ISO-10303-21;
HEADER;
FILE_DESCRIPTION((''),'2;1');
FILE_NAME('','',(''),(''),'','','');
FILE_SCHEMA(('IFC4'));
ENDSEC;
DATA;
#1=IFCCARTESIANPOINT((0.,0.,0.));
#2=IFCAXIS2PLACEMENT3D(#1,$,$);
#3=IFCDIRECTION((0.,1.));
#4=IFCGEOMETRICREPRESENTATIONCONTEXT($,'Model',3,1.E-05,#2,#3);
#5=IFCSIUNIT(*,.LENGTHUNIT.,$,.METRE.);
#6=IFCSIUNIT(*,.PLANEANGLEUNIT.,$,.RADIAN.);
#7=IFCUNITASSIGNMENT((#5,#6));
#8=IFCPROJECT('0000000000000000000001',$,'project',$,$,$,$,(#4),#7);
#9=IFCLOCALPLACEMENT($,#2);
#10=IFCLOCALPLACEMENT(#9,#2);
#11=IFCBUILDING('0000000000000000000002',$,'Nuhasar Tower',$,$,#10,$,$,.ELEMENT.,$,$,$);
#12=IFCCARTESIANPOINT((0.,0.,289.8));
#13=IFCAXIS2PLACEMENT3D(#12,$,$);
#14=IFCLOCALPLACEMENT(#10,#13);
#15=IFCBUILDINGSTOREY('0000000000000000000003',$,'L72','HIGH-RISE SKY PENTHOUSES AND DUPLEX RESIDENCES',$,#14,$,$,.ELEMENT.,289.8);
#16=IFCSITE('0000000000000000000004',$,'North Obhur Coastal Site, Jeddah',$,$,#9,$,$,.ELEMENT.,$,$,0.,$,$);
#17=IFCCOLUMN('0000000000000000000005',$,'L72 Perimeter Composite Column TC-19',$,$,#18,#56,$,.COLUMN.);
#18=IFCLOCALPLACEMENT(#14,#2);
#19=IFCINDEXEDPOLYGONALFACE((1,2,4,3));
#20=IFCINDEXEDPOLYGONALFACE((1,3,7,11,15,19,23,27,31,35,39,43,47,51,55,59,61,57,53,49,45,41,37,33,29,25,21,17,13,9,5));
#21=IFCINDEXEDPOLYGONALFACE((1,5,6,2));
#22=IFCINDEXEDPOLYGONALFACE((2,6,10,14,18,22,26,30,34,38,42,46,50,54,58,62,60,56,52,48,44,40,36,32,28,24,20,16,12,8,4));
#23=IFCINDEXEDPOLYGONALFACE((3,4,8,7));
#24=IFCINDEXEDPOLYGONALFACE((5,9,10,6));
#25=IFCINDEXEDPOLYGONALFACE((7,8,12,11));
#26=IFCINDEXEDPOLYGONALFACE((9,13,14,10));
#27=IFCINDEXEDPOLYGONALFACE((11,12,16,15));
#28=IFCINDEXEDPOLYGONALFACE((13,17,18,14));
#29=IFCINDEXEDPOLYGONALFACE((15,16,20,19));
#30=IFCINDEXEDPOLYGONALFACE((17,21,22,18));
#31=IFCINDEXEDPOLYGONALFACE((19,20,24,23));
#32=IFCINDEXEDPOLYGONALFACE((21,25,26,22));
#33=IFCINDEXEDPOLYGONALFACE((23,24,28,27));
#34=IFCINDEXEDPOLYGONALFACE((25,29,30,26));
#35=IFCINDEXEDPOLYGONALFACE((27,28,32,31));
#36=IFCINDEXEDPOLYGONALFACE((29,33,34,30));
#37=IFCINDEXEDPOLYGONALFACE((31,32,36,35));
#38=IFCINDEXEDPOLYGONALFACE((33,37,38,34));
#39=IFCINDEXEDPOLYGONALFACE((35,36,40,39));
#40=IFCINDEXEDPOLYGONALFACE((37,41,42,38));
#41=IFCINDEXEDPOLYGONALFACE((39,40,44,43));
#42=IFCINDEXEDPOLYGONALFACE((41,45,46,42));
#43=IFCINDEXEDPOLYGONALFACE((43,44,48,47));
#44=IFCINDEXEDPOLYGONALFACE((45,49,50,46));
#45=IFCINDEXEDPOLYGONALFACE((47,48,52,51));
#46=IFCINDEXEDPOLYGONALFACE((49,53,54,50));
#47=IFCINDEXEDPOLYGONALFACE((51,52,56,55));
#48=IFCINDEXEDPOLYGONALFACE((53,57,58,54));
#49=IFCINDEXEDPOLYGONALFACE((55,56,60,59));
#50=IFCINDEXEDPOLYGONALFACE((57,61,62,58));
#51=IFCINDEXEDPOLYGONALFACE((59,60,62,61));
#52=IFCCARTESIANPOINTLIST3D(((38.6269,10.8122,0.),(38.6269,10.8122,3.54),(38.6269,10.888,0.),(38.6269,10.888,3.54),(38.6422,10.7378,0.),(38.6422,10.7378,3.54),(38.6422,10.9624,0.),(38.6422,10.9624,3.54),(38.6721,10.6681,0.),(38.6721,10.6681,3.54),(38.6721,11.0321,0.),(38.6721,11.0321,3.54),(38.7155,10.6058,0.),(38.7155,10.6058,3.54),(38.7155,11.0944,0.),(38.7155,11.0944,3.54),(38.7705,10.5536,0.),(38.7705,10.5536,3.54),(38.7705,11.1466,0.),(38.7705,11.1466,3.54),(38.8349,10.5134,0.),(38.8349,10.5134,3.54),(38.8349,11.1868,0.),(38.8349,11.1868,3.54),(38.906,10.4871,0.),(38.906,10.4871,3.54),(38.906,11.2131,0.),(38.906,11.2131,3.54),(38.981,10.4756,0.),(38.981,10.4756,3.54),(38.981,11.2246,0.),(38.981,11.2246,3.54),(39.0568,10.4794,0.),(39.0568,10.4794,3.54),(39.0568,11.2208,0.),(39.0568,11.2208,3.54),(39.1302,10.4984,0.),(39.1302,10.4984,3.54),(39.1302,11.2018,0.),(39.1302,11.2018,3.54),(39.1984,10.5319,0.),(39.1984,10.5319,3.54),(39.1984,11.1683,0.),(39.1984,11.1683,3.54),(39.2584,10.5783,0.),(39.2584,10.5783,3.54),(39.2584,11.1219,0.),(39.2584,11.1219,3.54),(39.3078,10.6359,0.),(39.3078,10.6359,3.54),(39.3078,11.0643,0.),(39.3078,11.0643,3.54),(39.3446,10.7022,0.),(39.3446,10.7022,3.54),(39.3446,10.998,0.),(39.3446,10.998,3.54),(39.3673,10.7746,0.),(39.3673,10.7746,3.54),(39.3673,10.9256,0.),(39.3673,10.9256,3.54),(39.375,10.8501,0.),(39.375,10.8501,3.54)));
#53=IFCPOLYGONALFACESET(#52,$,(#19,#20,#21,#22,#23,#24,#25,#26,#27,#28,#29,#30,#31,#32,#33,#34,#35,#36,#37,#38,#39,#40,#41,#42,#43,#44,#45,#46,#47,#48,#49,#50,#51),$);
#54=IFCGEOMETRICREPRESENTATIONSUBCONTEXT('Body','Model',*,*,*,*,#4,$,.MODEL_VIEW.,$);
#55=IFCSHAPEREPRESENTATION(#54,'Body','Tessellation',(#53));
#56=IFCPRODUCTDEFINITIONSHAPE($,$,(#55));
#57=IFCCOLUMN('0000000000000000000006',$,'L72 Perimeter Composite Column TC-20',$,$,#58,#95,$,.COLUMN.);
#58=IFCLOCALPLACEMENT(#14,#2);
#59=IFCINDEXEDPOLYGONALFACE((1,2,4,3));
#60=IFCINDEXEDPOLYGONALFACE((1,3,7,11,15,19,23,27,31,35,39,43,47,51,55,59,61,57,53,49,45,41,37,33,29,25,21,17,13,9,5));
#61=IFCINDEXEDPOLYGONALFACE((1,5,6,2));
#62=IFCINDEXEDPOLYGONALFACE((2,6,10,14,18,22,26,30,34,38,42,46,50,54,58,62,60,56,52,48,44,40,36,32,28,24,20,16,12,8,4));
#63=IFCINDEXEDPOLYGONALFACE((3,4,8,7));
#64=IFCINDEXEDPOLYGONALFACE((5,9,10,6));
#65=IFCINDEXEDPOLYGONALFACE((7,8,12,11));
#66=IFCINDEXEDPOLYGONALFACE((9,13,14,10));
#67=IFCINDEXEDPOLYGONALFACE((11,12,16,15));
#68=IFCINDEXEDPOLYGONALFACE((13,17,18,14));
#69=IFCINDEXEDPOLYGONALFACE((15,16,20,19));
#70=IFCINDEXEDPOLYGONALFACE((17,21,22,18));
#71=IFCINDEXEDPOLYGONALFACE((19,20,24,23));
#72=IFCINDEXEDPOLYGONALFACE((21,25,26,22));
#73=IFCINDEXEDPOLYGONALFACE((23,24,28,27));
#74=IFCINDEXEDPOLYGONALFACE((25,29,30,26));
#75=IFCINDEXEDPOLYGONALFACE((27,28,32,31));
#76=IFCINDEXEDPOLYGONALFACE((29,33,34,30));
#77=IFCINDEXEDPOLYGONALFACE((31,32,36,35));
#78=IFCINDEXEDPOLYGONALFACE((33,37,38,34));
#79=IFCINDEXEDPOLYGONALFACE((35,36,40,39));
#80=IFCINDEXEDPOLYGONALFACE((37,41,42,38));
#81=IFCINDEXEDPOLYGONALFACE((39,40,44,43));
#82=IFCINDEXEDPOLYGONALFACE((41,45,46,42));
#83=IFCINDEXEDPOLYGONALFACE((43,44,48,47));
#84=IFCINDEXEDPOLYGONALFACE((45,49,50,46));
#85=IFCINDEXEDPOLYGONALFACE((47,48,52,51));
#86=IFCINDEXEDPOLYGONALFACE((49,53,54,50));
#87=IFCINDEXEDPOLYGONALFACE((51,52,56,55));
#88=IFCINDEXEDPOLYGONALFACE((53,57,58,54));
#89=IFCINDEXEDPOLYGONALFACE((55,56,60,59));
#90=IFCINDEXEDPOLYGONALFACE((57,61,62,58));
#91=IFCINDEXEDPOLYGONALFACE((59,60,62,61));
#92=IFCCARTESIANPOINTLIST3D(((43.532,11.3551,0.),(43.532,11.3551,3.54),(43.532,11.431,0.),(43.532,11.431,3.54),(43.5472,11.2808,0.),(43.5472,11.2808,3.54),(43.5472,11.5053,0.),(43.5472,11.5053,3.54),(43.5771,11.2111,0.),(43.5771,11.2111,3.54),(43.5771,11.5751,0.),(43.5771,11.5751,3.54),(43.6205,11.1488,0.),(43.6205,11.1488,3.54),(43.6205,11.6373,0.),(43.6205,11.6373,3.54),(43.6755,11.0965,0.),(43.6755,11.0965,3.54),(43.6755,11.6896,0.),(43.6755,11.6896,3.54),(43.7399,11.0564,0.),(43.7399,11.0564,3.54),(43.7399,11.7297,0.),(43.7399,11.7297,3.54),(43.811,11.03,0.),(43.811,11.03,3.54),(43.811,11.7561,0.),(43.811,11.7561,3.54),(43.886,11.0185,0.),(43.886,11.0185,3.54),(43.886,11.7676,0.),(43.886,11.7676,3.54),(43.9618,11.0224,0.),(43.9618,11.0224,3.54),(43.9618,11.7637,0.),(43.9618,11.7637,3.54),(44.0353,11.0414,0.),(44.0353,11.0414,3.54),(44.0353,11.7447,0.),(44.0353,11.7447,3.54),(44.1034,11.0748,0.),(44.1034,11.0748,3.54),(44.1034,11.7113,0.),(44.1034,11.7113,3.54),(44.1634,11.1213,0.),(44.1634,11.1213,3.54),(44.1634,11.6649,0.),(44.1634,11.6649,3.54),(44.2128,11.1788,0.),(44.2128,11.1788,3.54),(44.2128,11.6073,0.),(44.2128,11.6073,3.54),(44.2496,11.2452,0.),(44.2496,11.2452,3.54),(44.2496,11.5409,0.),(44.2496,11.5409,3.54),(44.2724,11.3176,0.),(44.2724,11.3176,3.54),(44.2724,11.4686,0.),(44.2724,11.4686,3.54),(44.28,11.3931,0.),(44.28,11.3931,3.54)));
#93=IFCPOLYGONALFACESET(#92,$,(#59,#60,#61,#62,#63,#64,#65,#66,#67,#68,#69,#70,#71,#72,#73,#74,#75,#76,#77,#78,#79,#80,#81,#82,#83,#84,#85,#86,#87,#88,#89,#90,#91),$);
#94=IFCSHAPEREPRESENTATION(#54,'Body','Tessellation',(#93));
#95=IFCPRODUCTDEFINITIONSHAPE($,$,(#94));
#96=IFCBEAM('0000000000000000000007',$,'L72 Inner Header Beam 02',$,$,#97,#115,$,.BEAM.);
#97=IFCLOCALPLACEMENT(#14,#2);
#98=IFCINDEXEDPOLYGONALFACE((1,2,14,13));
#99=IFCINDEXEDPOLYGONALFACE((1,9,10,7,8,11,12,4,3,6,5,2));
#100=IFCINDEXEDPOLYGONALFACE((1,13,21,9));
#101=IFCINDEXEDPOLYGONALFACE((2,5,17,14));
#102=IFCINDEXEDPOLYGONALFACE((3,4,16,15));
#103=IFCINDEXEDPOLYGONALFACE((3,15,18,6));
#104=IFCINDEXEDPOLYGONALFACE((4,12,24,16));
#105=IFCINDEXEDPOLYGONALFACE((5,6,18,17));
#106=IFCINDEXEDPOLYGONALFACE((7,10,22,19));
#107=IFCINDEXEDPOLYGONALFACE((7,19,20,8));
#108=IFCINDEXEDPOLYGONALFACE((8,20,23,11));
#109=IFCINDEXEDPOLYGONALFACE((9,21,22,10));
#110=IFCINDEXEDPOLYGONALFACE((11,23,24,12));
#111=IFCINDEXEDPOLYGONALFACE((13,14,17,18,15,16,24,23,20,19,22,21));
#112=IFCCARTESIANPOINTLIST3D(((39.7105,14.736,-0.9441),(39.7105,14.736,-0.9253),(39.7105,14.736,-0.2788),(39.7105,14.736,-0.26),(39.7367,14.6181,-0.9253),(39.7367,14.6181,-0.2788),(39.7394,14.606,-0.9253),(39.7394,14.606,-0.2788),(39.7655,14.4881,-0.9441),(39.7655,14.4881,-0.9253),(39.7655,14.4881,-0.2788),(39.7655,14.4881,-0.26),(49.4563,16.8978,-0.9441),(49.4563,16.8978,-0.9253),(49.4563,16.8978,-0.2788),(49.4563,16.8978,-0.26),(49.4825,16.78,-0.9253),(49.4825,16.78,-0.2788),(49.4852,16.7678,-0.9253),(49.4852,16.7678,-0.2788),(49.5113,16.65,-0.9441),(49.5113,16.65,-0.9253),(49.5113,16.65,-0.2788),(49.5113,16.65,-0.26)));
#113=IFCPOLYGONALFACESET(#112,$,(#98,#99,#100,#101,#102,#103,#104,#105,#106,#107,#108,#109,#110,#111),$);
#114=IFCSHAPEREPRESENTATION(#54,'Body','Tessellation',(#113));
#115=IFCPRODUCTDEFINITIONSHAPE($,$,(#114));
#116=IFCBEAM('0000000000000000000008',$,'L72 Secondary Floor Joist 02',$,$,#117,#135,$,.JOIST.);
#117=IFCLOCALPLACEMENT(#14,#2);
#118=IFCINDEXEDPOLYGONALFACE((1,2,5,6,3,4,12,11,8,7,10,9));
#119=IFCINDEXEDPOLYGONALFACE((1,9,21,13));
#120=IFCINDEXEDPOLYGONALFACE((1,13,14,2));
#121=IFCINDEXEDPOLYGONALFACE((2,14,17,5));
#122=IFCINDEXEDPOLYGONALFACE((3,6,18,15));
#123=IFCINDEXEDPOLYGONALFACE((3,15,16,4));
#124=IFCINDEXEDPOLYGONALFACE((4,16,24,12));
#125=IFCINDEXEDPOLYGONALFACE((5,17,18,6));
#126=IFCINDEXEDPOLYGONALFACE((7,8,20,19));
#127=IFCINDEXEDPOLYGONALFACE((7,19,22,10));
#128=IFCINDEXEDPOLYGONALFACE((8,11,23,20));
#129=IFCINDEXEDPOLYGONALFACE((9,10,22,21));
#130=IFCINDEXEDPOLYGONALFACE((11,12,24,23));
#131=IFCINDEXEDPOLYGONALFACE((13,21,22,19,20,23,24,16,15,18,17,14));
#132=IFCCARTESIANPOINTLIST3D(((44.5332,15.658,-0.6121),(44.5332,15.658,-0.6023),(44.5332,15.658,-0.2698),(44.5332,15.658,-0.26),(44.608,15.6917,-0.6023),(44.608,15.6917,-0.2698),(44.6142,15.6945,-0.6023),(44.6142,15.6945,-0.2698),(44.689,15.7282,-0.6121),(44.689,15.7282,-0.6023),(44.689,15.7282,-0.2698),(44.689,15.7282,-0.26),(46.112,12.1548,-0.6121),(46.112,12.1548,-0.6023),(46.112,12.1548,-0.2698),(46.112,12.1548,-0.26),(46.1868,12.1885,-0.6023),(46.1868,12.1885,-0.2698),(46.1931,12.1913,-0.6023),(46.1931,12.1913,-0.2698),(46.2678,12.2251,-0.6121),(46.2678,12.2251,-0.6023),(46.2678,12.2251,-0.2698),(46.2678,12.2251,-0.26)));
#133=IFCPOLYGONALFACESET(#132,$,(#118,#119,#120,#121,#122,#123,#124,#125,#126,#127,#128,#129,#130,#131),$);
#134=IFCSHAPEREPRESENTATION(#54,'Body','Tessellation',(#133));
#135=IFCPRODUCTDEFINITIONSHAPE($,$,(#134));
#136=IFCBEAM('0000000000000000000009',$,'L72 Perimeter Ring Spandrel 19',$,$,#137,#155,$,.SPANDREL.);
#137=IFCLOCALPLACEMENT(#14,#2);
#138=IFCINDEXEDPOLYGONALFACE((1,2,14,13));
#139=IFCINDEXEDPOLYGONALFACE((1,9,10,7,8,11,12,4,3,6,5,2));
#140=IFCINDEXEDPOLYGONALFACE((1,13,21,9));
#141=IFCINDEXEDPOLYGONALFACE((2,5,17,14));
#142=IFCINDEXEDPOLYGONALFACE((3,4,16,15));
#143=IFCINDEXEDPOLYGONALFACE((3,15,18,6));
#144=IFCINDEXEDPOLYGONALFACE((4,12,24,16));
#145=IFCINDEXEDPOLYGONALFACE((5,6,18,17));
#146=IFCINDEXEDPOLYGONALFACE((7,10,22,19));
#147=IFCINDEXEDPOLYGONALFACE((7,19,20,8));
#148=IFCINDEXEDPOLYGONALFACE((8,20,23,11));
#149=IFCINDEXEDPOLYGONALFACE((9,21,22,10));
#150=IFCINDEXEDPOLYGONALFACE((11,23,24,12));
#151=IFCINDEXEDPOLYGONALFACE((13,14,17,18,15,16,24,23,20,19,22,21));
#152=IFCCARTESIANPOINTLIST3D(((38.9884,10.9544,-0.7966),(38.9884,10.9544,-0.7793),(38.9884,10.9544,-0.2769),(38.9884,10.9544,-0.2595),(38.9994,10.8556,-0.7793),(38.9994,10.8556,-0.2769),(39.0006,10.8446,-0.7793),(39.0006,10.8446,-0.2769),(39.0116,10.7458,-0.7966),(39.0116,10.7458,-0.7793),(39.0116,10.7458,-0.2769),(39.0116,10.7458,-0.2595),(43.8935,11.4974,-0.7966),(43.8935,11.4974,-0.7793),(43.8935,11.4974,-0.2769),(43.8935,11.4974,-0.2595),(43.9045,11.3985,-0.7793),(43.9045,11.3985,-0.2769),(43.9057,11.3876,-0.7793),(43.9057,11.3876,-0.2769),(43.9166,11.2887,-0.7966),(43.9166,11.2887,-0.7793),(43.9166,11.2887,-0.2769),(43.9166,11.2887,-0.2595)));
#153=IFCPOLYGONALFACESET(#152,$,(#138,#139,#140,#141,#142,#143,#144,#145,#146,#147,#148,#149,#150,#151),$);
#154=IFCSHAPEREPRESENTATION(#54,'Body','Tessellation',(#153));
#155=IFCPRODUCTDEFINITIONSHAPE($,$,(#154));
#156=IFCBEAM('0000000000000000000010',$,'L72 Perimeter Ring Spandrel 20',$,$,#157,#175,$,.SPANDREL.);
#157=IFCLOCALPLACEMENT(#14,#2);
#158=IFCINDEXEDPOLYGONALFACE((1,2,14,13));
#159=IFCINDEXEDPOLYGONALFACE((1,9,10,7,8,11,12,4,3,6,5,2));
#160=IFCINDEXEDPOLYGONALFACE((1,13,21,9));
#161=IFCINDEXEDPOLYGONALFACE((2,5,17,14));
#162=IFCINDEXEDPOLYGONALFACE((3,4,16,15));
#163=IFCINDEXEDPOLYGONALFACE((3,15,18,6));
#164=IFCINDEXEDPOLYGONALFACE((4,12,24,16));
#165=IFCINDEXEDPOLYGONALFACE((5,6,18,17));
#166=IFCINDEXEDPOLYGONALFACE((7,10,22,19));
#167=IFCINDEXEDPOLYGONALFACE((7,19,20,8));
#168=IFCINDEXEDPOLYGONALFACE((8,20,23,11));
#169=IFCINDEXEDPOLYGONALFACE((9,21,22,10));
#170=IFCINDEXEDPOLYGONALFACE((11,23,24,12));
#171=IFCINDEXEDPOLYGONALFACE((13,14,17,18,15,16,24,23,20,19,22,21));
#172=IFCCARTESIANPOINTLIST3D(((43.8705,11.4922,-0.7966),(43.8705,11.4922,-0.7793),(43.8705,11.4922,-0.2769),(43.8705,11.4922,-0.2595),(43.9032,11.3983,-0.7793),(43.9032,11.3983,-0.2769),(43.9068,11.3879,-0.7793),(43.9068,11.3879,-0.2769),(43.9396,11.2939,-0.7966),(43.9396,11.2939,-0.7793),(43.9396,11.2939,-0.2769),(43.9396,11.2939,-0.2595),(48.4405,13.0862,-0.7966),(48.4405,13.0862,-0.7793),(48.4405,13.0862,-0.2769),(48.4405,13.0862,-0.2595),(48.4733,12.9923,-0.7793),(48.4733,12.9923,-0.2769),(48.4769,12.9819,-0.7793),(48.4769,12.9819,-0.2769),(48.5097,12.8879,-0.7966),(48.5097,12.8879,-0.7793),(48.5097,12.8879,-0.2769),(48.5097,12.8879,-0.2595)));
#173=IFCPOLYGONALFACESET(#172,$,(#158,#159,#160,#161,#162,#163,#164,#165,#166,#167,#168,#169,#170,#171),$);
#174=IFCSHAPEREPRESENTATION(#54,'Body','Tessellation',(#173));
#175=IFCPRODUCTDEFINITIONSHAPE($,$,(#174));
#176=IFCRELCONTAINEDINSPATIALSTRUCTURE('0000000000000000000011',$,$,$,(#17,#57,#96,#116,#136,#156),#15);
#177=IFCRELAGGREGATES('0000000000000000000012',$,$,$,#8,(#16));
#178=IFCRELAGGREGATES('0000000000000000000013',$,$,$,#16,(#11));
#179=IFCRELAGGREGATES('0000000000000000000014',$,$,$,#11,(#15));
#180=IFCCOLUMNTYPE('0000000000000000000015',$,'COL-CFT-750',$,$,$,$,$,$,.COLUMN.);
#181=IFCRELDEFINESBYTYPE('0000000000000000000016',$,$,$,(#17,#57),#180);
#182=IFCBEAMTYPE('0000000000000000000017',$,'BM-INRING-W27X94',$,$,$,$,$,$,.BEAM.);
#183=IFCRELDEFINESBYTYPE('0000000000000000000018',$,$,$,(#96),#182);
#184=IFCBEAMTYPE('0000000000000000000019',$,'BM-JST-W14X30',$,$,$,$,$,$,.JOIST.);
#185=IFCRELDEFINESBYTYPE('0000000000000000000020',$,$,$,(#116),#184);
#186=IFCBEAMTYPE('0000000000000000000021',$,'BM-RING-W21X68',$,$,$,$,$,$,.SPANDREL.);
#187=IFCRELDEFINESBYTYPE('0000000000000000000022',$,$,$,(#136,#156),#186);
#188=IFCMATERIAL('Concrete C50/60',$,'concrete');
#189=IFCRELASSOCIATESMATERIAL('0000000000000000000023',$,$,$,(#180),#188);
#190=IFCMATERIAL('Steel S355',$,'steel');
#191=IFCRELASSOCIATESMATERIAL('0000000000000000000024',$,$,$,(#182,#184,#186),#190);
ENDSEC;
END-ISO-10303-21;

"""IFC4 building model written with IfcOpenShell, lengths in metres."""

from ifc_helpers import new_model, si_unit, direction, frame, origin, origin_2d, place, context, subcontext, project, spatial, circle, i_section, extrude, material, material_profile, profile_set, type_object, element, save


model = new_model("IFC4")

# Units and contexts
model_context = context("Model", 3, precision=1e-05, world=origin(), true_north=direction((0.0, 1.0)))
body_context = subcontext(model_context, "Body", "Model", "MODEL_VIEW")
ifc_project = project(units=[si_unit("LENGTHUNIT", "METRE"), si_unit("PLANEANGLEUNIT", "RADIAN")], contexts=[model_context])

# Site, building, storey
site_placement = place(None, origin())
site = spatial("IfcSite", under=ifc_project, at=site_placement, Name="North Obhur Coastal Site, Jeddah", CompositionType="ELEMENT", RefElevation=0.0)
building_placement = place(site_placement, origin())
building = spatial("IfcBuilding", under=site, at=building_placement, Name="Nuhasar Tower", CompositionType="ELEMENT")
storey_placement = place(building_placement, frame((0.0, 0.0, 289.8)))
storey = spatial("IfcBuildingStorey", under=building, at=storey_placement, Name="L72", Description="HIGH-RISE SKY PENTHOUSES AND DUPLEX RESIDENCES", CompositionType="ELEMENT", Elevation=289.8)

# Columns
ifc_material_1 = material(Name="Concrete C50/60", Category="concrete")
ifc_material_profile_1 = material_profile(ifc_material_1, circle(Radius=0.375, at=origin_2d()), Name="CFT750")
ifc_profile_set_1 = profile_set([ifc_material_profile_1], Name="Concrete C50/60")
column_type = type_object("IfcColumnType", Name="COL-CFT-750", PredefinedType="COLUMN", material=ifc_profile_set_1)
for number, where, z_axis, x_axis, name in (
    (1, (39.0, 10.8501, 0.0), (0.0, 0.0, 1.0), (1.0, 0.0, 0.0), "L72 Perimeter Composite Column TC-19"),
    (2, (43.905, 11.3931, 0.0), (0.0, 0.0, 1.0), (1.0, 0.0, 0.0), "L72 Perimeter Composite Column TC-20"),
):
    element("IfcColumn", number, at=place(storey_placement, frame(where, z_axis=z_axis, x_axis=x_axis)), inside=storey, type_object=column_type, Name=name, PredefinedType="COLUMN", context=body_context, shape_type="SweptSolid", body=[
        extrude(circle(Radius=0.375, at=origin_2d()), origin(), (0.0, 0.0, 1.0), 3.54),
    ])

# Beams
ifc_material_2 = material(Name="Steel S355", Category="steel")
ifc_material_profile_2 = material_profile(ifc_material_2, i_section(OverallWidth=0.2539, OverallDepth=0.6841, WebThickness=0.0125, FlangeThickness=0.0188, at=origin_2d()), Name="W27X94")
ifc_profile_set_2 = profile_set([ifc_material_profile_2], Name="Steel S355")
beam_type_1 = type_object("IfcBeamType", Name="BM-INRING-W27X94", PredefinedType="BEAM", material=ifc_profile_set_2)
beam_1_placement = place(storey_placement, frame((39.738, 14.6121, -0.6021), z_axis=(0.976269, 0.21656, 0.0), x_axis=(-0.21656, 0.976269, 0.0)))
element("IfcBeam", 3, at=beam_1_placement, inside=storey, type_object=beam_type_1, Name="L72 Inner Header Beam 02", PredefinedType="BEAM", context=body_context, shape_type="SweptSolid", body=[
    extrude(i_section(OverallWidth=0.2539, OverallDepth=0.6841, WebThickness=0.0125, FlangeThickness=0.0188, at=origin_2d()), origin(), (0.0, 0.0, 1.0), 9.9827),
])
ifc_material_profile_3 = material_profile(ifc_material_2, i_section(OverallWidth=0.1709, OverallDepth=0.3521, WebThickness=0.0068, FlangeThickness=0.0098, at=origin_2d()), Name="W14X30")
ifc_profile_set_3 = profile_set([ifc_material_profile_3], Name="Steel S355")
beam_type_2 = type_object("IfcBeamType", Name="BM-JST-W14X30", PredefinedType="JOIST", material=ifc_profile_set_3)
beam_2_placement = place(storey_placement, frame((44.6111, 15.6931, -0.436), z_axis=(0.41089, -0.911685, 0.0), x_axis=(0.911685, 0.41089, 0.0)))
element("IfcBeam", 4, at=beam_2_placement, inside=storey, type_object=beam_type_2, Name="L72 Secondary Floor Joist 02", PredefinedType="JOIST", context=body_context, shape_type="SweptSolid", body=[
    extrude(i_section(OverallWidth=0.1709, OverallDepth=0.3521, WebThickness=0.0068, FlangeThickness=0.0098, at=origin_2d()), origin(), (0.0, 0.0, 1.0), 3.8425),
])
ifc_material_profile_4 = material_profile(ifc_material_2, i_section(OverallWidth=0.21, OverallDepth=0.5371, WebThickness=0.011, FlangeThickness=0.0173, at=origin_2d()), Name="W21X68")
ifc_profile_set_4 = profile_set([ifc_material_profile_4], Name="Steel S355")
beam_type_3 = type_object("IfcBeamType", Name="BM-RING-W21X68", PredefinedType="SPANDREL", material=ifc_profile_set_4)
beam_3_placement = place(storey_placement, frame((39.0, 10.8501, -0.5281), z_axis=(0.993929, 0.110024, 0.0), x_axis=(-0.110024, 0.993929, 0.0)))
element("IfcBeam", 5, at=beam_3_placement, inside=storey, type_object=beam_type_3, Name="L72 Perimeter Ring Spandrel 19", PredefinedType="SPANDREL", context=body_context, shape_type="SweptSolid", body=[
    extrude(i_section(OverallWidth=0.21, OverallDepth=0.5371, WebThickness=0.011, FlangeThickness=0.0173, at=origin_2d()), origin(), (0.0, 0.0, 1.0), 4.9351),
])
beam_4_placement = place(storey_placement, frame((43.905, 11.3931, -0.5281), z_axis=(0.944214, 0.329332, 0.0), x_axis=(-0.329332, 0.944214, 0.0)))
element("IfcBeam", 6, at=beam_4_placement, inside=storey, type_object=beam_type_3, Name="L72 Perimeter Ring Spandrel 20", PredefinedType="SPANDREL", context=body_context, shape_type="SweptSolid", body=[
    extrude(i_section(OverallWidth=0.21, OverallDepth=0.5371, WebThickness=0.011, FlangeThickness=0.0173, at=origin_2d()), origin(), (0.0, 0.0, 1.0), 4.8401),
])

save(model, "model.ifc")
